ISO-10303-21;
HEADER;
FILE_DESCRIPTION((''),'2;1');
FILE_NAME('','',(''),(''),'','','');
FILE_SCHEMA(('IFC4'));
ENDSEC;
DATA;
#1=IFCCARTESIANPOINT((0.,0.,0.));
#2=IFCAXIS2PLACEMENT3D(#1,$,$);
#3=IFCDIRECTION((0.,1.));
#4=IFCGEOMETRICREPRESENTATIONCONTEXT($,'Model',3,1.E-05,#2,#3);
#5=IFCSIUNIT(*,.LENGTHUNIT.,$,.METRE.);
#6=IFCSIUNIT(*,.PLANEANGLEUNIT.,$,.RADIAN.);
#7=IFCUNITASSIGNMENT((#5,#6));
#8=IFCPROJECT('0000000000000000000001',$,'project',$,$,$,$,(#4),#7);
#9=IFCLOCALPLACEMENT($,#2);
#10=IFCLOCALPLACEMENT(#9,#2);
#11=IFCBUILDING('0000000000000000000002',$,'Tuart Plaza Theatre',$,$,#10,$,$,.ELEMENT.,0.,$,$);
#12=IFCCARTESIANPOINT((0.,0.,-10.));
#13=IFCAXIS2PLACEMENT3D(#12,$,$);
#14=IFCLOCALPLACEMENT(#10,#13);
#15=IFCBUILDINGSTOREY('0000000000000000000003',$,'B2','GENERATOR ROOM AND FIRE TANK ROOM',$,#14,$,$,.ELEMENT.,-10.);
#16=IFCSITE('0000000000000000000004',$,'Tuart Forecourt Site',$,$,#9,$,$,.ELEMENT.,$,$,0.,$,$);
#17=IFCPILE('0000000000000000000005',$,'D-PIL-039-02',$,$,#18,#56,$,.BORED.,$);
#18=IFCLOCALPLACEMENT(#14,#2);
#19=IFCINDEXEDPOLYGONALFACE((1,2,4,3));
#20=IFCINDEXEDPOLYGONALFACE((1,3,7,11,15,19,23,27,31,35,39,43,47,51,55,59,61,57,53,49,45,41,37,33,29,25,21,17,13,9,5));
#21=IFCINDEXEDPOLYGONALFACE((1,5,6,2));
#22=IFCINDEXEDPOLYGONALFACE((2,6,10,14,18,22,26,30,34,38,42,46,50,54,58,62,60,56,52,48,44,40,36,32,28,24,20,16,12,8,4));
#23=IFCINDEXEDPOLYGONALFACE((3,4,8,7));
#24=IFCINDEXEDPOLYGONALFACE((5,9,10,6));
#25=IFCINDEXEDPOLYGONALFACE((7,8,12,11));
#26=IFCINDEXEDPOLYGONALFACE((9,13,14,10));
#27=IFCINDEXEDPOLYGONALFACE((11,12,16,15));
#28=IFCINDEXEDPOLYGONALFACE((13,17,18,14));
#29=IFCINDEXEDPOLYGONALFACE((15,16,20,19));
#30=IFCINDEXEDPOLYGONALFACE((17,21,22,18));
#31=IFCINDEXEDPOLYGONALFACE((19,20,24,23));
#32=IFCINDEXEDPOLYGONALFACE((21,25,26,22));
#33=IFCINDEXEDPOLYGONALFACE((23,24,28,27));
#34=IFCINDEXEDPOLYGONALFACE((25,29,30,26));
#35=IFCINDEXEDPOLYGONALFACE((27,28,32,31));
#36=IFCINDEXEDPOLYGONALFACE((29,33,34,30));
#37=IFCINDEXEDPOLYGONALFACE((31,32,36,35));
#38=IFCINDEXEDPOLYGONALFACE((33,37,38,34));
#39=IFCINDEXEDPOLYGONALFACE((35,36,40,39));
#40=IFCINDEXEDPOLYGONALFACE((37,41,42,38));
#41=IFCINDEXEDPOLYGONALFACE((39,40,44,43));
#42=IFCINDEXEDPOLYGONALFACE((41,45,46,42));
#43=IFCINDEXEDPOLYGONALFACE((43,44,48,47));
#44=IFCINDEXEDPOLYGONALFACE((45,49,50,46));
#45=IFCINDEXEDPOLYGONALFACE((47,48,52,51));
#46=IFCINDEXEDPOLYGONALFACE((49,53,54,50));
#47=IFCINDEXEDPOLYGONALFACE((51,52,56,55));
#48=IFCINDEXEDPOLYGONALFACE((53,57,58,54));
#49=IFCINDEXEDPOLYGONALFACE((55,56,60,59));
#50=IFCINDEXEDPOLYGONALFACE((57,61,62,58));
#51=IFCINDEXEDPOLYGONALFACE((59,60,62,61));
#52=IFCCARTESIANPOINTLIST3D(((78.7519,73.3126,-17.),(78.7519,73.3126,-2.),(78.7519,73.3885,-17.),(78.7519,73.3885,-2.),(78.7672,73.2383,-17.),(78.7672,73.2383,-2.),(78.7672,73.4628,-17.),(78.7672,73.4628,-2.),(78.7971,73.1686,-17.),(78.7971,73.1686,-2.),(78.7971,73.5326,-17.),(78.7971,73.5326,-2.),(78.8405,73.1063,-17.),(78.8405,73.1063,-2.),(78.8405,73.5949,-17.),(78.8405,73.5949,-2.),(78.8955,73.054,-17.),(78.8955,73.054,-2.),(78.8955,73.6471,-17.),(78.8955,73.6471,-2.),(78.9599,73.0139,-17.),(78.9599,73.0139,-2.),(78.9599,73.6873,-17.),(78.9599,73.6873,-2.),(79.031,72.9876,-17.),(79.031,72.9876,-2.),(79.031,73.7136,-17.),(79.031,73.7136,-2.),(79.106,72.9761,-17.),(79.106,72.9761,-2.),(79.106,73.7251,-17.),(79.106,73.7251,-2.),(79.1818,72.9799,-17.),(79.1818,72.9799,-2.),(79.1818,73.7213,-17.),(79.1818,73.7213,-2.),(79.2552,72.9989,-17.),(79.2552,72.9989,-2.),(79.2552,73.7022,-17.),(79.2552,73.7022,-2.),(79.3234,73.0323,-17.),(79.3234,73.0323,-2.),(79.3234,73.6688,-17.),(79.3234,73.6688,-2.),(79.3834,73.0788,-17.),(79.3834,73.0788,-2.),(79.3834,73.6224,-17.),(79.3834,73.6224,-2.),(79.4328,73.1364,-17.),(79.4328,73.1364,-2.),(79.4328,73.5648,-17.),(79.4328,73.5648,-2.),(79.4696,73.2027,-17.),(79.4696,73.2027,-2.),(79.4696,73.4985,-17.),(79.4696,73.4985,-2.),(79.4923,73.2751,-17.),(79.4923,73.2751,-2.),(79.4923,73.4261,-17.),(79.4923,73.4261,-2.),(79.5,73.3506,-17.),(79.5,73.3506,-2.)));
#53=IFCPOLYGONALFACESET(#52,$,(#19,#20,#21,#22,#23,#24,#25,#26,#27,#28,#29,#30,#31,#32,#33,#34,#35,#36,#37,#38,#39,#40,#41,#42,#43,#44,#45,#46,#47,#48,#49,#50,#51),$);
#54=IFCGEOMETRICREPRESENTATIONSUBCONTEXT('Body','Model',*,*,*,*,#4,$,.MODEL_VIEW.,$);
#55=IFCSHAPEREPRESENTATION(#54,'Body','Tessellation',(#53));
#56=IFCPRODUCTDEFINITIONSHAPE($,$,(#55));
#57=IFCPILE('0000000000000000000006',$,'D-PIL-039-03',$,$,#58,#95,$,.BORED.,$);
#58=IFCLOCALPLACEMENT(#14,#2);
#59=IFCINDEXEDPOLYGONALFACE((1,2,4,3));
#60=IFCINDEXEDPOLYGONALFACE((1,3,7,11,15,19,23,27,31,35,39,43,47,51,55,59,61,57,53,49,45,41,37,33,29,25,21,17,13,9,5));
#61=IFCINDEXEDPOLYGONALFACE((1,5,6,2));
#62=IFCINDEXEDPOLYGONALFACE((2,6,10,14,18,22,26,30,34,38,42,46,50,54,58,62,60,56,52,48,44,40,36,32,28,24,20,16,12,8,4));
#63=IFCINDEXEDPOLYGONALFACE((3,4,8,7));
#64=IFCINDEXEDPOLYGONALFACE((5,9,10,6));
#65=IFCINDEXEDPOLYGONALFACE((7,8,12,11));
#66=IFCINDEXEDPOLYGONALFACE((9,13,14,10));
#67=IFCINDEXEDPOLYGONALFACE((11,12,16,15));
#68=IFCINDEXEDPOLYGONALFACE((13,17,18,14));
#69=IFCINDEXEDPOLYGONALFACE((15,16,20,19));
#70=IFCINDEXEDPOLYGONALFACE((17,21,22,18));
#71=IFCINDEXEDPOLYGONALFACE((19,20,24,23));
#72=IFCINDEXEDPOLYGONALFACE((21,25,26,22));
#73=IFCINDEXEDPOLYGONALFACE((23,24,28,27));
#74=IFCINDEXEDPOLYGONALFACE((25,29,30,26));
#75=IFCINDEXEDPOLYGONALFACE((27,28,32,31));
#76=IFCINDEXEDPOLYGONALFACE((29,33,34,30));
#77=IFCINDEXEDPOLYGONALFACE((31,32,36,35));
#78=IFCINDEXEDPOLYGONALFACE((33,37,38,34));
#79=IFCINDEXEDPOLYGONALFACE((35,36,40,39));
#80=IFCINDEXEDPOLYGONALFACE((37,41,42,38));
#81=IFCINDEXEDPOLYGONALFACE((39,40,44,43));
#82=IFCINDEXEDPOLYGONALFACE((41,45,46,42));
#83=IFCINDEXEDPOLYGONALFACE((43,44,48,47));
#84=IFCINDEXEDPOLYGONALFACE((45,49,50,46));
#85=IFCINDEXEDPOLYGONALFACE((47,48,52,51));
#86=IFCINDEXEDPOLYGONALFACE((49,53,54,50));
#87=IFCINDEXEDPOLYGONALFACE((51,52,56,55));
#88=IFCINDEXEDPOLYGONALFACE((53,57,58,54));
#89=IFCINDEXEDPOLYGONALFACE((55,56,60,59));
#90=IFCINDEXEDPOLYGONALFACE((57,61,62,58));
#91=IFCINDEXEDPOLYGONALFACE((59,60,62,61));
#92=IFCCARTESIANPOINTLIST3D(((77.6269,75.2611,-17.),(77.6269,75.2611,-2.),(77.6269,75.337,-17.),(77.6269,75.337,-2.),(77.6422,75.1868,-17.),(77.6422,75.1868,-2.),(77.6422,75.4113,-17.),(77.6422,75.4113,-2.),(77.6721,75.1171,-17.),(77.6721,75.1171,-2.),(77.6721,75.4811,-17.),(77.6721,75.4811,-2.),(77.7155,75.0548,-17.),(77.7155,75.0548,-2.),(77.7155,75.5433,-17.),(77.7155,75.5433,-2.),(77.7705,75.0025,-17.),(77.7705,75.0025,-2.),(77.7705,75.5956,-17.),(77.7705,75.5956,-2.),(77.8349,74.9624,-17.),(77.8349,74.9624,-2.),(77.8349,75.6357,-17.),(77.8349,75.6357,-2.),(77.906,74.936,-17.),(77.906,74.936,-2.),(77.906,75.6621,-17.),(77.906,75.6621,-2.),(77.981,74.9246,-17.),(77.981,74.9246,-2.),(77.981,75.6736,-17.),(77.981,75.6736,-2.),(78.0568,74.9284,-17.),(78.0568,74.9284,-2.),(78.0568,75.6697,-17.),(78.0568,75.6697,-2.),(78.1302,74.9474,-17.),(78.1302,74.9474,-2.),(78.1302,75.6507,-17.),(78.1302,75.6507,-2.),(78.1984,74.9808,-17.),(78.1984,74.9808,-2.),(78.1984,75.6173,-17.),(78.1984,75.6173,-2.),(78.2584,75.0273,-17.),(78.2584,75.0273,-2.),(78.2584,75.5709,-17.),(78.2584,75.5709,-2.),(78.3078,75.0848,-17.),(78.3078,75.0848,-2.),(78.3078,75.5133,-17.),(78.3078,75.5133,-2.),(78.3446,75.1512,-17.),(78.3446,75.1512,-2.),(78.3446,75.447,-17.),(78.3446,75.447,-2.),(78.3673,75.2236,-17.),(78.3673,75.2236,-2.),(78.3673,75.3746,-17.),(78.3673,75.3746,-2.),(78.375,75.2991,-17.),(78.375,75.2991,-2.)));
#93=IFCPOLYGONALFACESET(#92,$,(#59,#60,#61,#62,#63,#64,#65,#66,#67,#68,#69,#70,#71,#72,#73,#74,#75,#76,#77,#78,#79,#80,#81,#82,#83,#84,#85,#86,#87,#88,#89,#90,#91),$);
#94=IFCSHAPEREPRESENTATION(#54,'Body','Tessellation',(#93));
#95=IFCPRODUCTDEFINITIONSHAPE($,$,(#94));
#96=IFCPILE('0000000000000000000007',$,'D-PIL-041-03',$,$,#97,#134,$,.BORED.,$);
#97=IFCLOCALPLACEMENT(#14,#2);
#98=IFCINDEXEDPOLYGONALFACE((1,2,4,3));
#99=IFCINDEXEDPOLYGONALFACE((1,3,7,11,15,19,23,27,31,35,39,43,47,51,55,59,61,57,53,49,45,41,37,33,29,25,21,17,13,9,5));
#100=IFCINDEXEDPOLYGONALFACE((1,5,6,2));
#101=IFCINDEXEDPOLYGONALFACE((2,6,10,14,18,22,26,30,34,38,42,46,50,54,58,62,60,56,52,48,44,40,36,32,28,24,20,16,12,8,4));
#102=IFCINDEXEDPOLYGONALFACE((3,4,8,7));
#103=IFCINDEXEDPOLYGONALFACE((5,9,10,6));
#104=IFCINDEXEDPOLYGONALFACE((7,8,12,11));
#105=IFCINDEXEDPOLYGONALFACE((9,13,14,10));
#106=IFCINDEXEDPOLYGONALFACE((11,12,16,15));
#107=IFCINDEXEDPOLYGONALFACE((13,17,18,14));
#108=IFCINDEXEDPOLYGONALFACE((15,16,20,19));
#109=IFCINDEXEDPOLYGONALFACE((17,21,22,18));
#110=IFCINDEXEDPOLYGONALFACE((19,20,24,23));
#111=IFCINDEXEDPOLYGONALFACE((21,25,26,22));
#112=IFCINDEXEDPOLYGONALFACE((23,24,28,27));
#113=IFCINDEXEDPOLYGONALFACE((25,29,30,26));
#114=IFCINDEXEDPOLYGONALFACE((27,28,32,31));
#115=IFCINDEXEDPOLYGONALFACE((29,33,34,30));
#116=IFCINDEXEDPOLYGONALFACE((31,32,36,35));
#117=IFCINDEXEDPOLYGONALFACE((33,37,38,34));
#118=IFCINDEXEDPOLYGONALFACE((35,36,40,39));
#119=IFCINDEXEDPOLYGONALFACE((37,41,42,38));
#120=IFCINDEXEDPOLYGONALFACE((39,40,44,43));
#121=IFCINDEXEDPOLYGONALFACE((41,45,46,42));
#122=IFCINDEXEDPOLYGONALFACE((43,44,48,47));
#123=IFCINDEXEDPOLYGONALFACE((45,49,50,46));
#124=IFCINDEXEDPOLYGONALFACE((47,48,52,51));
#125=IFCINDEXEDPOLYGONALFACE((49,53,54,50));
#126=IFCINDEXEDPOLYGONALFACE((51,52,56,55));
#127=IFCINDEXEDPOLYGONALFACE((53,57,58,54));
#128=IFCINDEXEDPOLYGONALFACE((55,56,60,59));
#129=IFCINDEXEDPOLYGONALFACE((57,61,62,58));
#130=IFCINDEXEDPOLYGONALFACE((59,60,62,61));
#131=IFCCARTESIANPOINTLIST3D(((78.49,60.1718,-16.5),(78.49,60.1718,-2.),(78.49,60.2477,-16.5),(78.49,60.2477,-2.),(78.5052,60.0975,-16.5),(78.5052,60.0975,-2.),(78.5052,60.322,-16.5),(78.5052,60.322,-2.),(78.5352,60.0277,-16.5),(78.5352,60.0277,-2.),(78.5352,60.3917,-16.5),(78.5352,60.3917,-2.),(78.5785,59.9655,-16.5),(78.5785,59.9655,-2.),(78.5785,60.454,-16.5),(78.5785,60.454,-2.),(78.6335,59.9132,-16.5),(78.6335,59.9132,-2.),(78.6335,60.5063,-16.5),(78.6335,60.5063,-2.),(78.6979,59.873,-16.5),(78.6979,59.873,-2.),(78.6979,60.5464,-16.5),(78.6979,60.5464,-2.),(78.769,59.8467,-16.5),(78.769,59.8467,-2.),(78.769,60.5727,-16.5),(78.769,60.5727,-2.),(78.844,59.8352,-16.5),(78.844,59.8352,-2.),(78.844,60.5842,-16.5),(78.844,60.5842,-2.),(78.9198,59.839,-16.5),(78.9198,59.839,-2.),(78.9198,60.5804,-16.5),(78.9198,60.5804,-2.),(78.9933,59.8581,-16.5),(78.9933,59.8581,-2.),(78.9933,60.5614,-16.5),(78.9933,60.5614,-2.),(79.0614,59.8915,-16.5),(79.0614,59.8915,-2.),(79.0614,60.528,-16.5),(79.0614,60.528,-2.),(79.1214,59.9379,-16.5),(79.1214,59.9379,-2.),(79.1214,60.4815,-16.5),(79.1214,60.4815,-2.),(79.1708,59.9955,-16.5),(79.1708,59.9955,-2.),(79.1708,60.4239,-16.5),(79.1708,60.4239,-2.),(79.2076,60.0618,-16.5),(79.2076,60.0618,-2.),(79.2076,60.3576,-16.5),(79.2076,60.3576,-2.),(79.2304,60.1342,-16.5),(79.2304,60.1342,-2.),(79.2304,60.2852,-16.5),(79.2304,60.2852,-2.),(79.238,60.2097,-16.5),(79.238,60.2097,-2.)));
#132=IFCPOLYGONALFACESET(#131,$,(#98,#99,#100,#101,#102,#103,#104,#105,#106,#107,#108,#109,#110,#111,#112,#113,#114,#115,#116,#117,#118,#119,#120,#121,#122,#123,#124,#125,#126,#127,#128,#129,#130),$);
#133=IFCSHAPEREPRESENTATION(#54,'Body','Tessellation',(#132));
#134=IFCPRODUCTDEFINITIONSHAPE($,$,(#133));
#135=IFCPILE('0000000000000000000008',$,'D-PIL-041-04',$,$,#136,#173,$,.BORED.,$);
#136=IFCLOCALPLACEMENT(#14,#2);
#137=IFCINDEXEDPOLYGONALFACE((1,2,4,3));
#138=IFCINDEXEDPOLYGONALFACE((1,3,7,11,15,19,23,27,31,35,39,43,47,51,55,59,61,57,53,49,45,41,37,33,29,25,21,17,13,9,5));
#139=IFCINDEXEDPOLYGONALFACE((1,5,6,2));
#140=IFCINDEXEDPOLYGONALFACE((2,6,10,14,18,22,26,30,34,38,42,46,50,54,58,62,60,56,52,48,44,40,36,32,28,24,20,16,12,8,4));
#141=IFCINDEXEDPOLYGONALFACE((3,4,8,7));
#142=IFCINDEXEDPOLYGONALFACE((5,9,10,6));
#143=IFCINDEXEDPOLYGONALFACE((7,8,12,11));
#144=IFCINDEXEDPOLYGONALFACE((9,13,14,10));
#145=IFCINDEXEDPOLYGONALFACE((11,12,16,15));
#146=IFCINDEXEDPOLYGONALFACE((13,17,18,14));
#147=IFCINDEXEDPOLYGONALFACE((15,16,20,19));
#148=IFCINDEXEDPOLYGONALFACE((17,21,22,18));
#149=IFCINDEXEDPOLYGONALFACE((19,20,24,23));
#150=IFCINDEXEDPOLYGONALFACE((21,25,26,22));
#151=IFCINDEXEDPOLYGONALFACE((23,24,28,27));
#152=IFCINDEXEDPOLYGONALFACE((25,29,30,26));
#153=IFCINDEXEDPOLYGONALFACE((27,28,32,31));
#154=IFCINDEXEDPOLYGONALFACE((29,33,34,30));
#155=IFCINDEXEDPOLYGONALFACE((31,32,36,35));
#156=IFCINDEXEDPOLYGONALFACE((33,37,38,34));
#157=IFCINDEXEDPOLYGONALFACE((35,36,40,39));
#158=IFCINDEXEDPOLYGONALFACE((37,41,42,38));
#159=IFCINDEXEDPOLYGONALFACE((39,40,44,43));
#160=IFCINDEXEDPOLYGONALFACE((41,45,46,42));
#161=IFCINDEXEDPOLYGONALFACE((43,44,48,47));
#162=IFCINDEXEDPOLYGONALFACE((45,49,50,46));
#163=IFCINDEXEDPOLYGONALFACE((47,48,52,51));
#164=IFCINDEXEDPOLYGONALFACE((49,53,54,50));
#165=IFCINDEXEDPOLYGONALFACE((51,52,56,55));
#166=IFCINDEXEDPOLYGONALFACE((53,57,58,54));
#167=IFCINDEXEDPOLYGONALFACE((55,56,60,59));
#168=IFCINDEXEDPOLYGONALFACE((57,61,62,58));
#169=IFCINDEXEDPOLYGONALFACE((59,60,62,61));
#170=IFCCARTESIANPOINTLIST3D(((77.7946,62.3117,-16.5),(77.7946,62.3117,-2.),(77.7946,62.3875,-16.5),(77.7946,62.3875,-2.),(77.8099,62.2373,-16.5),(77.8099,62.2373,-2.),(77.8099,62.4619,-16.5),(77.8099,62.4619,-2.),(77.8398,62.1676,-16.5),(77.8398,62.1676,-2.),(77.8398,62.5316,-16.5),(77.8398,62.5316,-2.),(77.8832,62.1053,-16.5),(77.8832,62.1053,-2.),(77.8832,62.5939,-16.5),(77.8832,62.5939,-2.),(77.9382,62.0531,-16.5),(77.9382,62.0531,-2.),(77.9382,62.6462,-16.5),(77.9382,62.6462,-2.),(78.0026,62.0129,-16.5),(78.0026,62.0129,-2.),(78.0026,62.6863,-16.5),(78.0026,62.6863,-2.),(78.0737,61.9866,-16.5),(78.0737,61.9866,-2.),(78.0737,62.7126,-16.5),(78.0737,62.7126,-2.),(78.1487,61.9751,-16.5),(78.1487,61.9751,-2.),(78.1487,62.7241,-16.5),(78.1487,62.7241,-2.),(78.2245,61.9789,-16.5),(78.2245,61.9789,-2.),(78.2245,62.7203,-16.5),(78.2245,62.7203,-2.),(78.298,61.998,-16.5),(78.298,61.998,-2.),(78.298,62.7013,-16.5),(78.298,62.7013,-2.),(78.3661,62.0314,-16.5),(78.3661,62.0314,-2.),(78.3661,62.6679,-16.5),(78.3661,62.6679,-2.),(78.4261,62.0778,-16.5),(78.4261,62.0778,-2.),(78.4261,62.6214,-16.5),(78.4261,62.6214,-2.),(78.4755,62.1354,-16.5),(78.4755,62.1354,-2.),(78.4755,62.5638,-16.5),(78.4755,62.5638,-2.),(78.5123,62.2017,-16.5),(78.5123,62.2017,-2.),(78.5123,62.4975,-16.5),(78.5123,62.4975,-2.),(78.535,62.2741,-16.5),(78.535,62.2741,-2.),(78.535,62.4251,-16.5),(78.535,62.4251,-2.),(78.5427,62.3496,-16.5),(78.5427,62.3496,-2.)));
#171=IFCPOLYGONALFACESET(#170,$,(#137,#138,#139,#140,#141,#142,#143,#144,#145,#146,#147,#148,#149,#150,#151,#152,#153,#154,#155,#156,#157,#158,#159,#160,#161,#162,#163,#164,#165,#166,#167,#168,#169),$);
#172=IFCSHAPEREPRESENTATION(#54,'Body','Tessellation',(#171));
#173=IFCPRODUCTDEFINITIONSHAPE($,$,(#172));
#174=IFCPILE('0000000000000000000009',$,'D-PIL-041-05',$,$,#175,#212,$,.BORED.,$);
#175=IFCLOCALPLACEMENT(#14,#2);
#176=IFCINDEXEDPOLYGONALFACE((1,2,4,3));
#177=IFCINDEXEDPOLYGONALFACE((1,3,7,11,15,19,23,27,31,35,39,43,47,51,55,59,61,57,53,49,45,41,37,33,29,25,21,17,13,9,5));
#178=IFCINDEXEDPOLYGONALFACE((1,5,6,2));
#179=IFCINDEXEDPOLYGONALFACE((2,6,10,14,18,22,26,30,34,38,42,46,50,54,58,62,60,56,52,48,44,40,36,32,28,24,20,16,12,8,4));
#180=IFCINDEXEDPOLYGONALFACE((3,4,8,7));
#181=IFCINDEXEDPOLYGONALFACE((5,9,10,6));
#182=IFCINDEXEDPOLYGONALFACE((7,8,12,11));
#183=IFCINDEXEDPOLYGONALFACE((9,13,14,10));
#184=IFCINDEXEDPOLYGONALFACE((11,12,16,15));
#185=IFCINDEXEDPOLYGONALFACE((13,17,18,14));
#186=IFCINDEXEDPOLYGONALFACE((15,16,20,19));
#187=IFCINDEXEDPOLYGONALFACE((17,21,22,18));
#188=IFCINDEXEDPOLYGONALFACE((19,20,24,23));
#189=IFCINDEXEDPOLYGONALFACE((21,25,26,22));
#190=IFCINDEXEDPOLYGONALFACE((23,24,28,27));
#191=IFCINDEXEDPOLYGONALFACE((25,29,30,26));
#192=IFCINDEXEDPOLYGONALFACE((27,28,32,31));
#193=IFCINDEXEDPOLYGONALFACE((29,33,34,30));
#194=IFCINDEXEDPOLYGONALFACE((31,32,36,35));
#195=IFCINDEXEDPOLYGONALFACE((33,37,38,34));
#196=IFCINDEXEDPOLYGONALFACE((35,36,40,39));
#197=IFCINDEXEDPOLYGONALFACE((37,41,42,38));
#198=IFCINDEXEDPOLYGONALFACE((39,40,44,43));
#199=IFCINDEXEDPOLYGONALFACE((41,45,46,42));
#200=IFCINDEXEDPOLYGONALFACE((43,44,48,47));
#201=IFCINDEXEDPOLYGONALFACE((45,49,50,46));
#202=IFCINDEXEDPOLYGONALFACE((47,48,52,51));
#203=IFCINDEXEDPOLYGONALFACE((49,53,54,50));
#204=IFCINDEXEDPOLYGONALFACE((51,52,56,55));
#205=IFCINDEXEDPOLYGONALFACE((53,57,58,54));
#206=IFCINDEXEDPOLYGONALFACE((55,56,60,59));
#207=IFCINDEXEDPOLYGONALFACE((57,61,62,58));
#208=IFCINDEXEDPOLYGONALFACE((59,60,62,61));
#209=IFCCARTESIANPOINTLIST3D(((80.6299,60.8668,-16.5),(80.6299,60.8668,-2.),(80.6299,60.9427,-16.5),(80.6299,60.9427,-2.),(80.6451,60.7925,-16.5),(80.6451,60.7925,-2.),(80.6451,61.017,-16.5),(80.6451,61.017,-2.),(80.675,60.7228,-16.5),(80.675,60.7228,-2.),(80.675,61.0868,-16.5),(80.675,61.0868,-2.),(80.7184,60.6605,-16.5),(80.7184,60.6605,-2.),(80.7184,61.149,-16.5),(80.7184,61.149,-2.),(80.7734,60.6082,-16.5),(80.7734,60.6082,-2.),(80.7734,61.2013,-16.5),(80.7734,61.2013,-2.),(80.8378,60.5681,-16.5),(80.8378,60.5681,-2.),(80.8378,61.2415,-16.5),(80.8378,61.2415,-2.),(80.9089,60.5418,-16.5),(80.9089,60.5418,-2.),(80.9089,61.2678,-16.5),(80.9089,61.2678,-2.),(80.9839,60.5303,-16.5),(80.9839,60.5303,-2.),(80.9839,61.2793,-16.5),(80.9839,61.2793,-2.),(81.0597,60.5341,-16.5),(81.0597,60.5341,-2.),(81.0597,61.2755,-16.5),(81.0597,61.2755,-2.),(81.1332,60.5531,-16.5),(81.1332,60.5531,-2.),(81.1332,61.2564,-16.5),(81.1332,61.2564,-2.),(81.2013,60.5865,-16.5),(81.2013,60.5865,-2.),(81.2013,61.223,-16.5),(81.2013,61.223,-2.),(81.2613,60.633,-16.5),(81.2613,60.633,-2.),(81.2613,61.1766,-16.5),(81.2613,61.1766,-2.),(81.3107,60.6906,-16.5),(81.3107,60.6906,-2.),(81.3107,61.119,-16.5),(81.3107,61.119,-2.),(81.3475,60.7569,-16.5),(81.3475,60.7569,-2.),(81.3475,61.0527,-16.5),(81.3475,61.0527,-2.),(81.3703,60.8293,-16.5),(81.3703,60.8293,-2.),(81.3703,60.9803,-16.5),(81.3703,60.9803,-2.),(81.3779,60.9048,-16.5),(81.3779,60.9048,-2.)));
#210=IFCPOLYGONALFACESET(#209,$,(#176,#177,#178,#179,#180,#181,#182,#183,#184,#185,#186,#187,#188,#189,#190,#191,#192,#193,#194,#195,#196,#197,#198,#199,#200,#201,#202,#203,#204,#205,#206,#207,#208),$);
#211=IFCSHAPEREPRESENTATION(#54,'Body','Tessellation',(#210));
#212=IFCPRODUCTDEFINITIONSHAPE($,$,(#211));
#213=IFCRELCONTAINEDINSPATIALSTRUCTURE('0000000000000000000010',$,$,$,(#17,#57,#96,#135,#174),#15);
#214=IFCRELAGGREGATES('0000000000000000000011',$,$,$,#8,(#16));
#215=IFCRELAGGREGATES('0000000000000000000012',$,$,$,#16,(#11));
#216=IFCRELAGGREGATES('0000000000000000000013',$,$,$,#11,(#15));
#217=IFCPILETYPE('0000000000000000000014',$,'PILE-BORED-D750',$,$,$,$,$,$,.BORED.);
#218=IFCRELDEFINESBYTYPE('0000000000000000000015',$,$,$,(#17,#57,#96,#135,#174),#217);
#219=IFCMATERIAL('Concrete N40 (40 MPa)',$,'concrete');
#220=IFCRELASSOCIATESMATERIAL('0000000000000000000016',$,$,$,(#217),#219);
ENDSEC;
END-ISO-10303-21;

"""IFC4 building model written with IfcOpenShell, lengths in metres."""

from ifc_helpers import new_model, si_unit, direction, frame, origin, origin_2d, place, context, subcontext, project, spatial, circle, extrude, material, material_profile, profile_set, type_object, element, save


model = new_model("IFC4")

# Units and contexts
model_context = context("Model", 3, precision=1e-05, world=origin(), true_north=direction((0.0, 1.0)))
body_context = subcontext(model_context, "Body", "Model", "MODEL_VIEW")
ifc_project = project(units=[si_unit("LENGTHUNIT", "METRE"), si_unit("PLANEANGLEUNIT", "RADIAN")], contexts=[model_context])

# Site, building, storey
site_placement = place(None, origin())
site = spatial("IfcSite", under=ifc_project, at=site_placement, Name="Tuart Forecourt Site", CompositionType="ELEMENT", RefElevation=0.0)
building_placement = place(site_placement, origin())
building = spatial("IfcBuilding", under=site, at=building_placement, Name="Tuart Plaza Theatre", CompositionType="ELEMENT", ElevationOfRefHeight=0.0)
storey_placement = place(building_placement, frame((0.0, 0.0, -10.0)))
storey = spatial("IfcBuildingStorey", under=building, at=storey_placement, Name="B2", Description="GENERATOR ROOM AND FIRE TANK ROOM", CompositionType="ELEMENT", Elevation=-10.0)

# Piles
ifc_material_1 = material(Name="Concrete N40 (40 MPa)", Category="concrete")
ifc_material_profile_1 = material_profile(ifc_material_1, circle(Radius=0.375, at=origin_2d()), Name="PILE-BORED-D750")
ifc_profile_set_1 = profile_set([ifc_material_profile_1], Name="Concrete N40 (40 MPa)")
pile_type_1 = type_object("IfcPileType", Name="PILE-BORED-D750", PredefinedType="BORED", material=ifc_profile_set_1)
for number, where, z_axis, x_axis, name in (
    (1, (79.125, 73.3506, -2.0), (0.0, 0.0, -1.0), (1.0, 0.0, 0.0), "D-PIL-039-02"),
    (2, (78.0, 75.2991, -2.0), (0.0, 0.0, -1.0), (1.0, 0.0, 0.0), "D-PIL-039-03"),
):
    element("IfcPile", number, at=place(storey_placement, frame(where, z_axis=z_axis, x_axis=x_axis)), inside=storey, type_object=pile_type_1, Name=name, PredefinedType="BORED", context=body_context, shape_type="SweptSolid", body=[
        extrude(circle(Radius=0.375, at=origin_2d()), origin(), (0.0, 0.0, 1.0), 15.0),
    ])
for number, where, z_axis, x_axis, name in (
    (3, (78.863, 60.2097, -2.0), (0.0, 0.0, -1.0), (1.0, 0.0, 0.0), "D-PIL-041-03"),
    (4, (78.1677, 62.3496, -2.0), (0.0, 0.0, -1.0), (1.0, 0.0, 0.0), "D-PIL-041-04"),
    (5, (81.0029, 60.9048, -2.0), (0.0, 0.0, -1.0), (1.0, 0.0, 0.0), "D-PIL-041-05"),
):
    element("IfcPile", number, at=place(storey_placement, frame(where, z_axis=z_axis, x_axis=x_axis)), inside=storey, type_object=pile_type_1, Name=name, PredefinedType="BORED", context=body_context, shape_type="SweptSolid", body=[
        extrude(circle(Radius=0.375, at=origin_2d()), origin(), (0.0, 0.0, 1.0), 14.5),
    ])

save(model, "model.ifc")
